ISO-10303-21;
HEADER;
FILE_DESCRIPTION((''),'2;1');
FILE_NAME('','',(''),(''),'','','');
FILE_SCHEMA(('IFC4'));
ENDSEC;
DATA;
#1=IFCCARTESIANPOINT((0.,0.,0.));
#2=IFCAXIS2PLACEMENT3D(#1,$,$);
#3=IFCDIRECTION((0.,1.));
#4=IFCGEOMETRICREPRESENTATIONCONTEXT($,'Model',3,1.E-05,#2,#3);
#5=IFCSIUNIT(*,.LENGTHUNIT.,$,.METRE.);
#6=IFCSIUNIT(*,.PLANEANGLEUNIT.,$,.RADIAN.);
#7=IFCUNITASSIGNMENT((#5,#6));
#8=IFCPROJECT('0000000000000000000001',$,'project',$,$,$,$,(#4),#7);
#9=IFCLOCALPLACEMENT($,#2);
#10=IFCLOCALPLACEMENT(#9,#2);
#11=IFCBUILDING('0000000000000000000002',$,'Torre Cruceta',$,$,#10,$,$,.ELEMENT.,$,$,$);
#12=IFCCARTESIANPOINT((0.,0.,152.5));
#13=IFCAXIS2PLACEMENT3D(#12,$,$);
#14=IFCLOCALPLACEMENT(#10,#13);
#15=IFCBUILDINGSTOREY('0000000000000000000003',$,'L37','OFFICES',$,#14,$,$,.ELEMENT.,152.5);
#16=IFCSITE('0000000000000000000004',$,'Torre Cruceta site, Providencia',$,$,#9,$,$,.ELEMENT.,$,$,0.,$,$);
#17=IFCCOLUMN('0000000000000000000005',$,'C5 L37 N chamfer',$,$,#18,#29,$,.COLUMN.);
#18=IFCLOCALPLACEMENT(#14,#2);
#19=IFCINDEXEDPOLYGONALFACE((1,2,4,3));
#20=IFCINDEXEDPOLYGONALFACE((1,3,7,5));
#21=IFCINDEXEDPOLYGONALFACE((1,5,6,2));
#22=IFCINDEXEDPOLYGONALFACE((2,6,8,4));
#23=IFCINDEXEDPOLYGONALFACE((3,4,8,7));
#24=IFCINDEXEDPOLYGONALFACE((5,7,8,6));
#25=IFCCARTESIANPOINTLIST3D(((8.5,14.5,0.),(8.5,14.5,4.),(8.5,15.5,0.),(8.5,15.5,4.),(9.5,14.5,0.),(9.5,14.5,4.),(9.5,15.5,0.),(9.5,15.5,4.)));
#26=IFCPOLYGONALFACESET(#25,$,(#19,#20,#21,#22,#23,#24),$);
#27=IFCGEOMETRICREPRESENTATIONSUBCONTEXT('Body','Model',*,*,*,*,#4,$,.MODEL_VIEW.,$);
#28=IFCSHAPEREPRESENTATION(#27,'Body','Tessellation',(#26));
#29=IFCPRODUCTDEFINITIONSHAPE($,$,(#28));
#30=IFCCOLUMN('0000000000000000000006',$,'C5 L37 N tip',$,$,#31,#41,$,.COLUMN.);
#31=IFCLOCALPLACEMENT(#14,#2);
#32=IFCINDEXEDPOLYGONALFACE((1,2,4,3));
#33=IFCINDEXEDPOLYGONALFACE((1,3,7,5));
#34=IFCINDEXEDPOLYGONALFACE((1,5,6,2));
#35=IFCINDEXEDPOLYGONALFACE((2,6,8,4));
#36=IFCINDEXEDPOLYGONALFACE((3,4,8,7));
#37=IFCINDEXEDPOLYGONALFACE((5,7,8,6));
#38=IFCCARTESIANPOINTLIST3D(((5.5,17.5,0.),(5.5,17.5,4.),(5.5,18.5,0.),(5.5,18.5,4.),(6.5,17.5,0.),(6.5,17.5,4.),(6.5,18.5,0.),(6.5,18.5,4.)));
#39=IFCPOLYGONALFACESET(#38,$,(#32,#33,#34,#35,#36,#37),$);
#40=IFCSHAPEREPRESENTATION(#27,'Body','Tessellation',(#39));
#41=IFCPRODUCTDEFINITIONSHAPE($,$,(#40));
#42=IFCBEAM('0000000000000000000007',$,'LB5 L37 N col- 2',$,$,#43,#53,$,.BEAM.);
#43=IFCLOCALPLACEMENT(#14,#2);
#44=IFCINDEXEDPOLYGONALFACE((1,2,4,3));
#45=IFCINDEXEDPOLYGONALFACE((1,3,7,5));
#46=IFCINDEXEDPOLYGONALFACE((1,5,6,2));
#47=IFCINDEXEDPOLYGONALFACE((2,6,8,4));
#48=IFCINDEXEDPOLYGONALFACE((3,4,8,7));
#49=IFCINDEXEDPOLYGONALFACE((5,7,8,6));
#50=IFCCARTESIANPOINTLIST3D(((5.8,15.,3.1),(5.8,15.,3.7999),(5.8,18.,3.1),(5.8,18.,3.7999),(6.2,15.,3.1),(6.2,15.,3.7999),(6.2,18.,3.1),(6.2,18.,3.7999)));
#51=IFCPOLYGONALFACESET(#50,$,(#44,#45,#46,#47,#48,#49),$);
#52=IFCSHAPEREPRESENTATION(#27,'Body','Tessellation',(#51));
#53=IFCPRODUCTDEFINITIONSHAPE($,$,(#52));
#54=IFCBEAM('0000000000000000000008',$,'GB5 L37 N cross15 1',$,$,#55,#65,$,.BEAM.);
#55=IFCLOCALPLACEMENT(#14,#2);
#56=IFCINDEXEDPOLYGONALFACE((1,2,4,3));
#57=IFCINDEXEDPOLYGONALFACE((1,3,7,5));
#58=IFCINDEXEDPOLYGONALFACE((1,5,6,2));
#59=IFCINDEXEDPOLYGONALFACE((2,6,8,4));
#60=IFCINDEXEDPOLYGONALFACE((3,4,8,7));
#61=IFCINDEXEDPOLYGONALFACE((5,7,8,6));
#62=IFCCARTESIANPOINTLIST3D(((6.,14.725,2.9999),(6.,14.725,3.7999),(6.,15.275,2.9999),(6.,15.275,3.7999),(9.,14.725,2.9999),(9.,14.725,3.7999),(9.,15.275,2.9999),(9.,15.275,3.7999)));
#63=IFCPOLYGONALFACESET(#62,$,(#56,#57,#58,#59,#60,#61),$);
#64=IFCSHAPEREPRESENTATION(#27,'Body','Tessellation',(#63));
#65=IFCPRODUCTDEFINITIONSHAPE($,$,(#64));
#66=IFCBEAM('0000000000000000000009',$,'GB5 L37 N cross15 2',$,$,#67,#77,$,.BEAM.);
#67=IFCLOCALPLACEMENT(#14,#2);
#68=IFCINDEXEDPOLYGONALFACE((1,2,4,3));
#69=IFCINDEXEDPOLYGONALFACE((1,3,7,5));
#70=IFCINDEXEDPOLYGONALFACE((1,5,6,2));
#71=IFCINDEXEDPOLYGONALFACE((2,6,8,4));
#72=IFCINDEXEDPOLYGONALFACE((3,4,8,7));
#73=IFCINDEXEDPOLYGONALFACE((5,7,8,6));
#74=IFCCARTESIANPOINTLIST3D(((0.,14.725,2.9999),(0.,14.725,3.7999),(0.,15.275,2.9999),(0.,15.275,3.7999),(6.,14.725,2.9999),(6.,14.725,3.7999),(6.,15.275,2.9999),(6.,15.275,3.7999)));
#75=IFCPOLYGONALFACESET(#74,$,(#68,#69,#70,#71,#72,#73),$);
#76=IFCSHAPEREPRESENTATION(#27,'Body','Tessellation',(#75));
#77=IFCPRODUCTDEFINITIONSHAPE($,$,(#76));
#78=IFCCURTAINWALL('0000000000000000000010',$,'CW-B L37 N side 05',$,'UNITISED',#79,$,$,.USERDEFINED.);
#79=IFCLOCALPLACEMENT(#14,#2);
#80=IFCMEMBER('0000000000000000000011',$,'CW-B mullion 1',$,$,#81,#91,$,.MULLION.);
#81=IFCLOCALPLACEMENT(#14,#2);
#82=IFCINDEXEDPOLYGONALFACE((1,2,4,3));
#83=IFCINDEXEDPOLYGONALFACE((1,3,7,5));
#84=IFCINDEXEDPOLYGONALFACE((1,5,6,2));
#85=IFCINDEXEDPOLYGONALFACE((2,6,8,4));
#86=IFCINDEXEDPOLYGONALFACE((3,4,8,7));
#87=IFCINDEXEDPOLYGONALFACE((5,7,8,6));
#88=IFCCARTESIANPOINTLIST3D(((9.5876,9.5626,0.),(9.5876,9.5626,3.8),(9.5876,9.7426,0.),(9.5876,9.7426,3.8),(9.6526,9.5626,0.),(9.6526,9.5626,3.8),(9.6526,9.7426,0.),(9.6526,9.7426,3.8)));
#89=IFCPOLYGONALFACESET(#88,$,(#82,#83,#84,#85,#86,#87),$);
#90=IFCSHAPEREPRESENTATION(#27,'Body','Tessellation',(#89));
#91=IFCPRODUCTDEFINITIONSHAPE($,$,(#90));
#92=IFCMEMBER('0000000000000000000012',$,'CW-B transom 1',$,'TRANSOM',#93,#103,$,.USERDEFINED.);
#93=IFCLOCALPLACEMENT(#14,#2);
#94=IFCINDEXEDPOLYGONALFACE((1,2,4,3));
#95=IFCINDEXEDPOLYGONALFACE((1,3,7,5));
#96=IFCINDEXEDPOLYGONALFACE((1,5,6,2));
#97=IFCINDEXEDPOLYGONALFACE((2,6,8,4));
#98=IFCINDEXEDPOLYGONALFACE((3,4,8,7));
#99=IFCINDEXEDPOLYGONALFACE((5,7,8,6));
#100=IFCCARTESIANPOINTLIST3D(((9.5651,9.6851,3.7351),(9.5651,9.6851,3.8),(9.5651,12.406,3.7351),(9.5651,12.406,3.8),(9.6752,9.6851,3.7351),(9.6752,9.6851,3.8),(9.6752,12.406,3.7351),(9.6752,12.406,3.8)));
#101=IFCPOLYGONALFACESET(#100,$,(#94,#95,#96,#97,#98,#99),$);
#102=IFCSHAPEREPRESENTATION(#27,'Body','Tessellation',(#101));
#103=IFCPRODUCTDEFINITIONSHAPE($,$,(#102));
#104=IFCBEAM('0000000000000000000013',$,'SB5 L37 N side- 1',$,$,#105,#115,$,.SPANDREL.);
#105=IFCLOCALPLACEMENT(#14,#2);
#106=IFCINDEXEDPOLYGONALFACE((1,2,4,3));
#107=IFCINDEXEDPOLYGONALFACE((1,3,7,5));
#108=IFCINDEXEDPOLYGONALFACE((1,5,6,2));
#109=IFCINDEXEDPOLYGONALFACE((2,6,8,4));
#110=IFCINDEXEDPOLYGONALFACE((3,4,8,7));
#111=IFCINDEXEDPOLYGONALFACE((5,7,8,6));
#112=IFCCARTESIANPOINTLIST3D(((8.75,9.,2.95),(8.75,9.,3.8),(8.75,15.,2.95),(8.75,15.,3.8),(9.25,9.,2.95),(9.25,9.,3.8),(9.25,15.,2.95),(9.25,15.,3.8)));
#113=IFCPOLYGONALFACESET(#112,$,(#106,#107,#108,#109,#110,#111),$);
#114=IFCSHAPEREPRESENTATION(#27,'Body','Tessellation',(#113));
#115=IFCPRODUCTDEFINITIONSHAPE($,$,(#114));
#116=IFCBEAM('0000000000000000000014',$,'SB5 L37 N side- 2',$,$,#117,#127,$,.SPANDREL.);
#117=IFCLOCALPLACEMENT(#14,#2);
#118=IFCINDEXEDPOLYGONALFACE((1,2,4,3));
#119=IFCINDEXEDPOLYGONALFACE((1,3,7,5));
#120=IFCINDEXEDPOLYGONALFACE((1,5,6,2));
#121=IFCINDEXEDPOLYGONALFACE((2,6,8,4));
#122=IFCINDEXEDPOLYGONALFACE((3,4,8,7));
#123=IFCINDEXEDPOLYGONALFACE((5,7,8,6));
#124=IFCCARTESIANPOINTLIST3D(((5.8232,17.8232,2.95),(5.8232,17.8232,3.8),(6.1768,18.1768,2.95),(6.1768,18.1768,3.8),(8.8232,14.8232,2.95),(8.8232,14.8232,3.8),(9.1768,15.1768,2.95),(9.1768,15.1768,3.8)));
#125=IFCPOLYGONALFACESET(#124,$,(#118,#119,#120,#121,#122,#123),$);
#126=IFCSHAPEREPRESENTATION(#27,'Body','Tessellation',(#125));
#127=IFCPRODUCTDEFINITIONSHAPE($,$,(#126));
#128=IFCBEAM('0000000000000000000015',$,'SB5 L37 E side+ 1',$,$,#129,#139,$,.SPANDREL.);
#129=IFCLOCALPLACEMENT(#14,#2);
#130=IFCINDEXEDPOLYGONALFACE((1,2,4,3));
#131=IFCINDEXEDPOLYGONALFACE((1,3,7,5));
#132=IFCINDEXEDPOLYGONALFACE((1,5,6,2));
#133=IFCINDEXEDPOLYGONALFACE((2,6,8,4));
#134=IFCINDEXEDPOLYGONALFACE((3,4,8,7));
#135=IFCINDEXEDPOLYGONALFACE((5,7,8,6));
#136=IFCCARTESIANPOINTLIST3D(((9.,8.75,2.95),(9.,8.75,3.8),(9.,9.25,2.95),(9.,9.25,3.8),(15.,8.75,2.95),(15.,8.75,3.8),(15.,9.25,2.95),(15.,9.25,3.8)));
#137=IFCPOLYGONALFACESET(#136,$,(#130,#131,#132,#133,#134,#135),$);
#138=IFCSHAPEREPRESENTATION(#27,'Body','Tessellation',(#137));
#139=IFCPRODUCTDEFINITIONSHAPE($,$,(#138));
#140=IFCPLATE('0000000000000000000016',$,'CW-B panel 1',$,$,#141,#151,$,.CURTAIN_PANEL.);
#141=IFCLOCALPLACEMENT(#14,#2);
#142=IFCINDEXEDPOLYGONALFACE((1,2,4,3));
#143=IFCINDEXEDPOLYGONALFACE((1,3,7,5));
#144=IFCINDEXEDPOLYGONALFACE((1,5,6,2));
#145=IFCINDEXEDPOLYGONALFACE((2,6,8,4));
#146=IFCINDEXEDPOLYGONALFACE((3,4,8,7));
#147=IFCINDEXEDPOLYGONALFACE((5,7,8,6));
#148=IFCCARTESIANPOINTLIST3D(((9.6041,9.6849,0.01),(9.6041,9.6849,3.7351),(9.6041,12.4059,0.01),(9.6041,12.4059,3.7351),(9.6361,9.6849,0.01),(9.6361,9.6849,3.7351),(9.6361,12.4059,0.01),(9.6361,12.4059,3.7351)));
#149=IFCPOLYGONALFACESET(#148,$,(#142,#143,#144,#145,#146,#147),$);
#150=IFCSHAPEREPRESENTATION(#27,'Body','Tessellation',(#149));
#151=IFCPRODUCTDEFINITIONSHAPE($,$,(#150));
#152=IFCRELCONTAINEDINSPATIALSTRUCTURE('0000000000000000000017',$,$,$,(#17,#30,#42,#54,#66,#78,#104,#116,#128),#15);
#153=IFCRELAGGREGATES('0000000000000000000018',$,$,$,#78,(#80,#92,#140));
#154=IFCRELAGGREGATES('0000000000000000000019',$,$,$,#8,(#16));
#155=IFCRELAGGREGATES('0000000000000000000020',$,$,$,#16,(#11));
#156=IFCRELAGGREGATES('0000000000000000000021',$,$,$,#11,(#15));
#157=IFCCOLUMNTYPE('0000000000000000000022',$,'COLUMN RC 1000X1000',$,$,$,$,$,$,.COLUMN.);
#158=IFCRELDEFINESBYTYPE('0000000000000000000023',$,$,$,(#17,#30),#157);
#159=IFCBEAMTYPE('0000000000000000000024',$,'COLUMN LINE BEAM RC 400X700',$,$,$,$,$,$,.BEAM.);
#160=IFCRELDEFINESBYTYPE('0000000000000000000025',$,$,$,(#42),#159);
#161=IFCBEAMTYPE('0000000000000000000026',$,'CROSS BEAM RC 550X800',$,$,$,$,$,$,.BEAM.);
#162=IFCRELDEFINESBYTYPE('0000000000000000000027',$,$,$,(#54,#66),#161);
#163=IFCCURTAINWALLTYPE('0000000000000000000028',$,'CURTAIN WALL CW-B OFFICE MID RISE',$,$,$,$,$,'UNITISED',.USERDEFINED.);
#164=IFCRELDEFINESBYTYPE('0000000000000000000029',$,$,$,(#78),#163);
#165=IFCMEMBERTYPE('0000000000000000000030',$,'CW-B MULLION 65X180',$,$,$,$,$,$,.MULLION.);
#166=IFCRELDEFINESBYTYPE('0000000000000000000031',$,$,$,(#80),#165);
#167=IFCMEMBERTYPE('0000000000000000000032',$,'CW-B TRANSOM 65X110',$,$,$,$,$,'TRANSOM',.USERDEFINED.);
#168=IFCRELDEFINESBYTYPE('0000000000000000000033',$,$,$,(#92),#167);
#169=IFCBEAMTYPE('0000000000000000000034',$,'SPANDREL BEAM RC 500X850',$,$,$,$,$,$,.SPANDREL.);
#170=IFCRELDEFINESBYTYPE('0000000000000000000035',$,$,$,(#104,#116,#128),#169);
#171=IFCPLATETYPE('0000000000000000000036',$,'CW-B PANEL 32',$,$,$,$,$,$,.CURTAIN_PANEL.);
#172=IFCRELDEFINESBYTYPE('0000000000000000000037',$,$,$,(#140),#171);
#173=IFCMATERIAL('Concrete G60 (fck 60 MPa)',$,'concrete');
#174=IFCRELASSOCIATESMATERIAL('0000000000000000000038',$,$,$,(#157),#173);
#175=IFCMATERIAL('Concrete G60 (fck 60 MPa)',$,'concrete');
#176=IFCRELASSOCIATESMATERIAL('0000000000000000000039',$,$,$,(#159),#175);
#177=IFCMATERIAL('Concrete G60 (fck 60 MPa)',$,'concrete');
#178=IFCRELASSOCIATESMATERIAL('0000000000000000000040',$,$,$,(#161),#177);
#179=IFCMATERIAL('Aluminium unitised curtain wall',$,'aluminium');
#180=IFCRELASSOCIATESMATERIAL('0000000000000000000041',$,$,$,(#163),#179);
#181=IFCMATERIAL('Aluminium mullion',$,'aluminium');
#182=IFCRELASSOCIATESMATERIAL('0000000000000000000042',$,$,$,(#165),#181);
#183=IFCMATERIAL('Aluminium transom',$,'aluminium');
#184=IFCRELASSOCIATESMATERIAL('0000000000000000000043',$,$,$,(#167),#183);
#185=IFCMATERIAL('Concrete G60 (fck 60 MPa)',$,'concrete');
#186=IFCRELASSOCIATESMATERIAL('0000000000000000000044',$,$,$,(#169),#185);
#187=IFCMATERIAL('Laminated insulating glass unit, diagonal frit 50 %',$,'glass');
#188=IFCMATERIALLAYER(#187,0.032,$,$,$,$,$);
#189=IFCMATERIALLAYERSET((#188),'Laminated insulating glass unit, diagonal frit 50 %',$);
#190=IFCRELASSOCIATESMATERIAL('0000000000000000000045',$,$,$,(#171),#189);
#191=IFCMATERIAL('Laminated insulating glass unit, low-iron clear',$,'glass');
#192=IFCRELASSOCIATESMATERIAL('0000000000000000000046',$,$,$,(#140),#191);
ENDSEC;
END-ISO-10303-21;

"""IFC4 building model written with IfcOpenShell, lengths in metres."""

from ifc_helpers import new_model, si_unit, direction, frame, origin, origin_2d, place, context, subcontext, project, spatial, rectangle, extrude, material, layer, layer_set, material_profile, profile_set, type_object, element, aggregate, save


model = new_model("IFC4")

# Units and contexts
model_context = context("Model", 3, precision=1e-05, world=origin(), true_north=direction((0.0, 1.0)))
body_context = subcontext(model_context, "Body", "Model", "MODEL_VIEW")
ifc_project = project(units=[si_unit("LENGTHUNIT", "METRE"), si_unit("PLANEANGLEUNIT", "RADIAN")], contexts=[model_context])

# Site, building, storey
site_placement = place(None, origin())
site = spatial("IfcSite", under=ifc_project, at=site_placement, Name="Torre Cruceta site, Providencia", CompositionType="ELEMENT", RefElevation=0.0)
building_placement = place(site_placement, origin())
building = spatial("IfcBuilding", under=site, at=building_placement, Name="Torre Cruceta", CompositionType="ELEMENT")
storey_placement = place(building_placement, frame((0.0, 0.0, 152.5)))
storey = spatial("IfcBuildingStorey", under=building, at=storey_placement, Name="L37", Description="OFFICES", CompositionType="ELEMENT", Elevation=152.5)

# Columns
ifc_material_1 = material(Name="Concrete G60 (fck 60 MPa)", Category="concrete")
ifc_material_profile_1 = material_profile(ifc_material_1, rectangle(XDim=1.0, YDim=1.0, at=origin_2d()), Name="RC 1000X1000")
ifc_profile_set_1 = profile_set([ifc_material_profile_1], Name="Concrete G60 (fck 60 MPa)")
column_type = type_object("IfcColumnType", Name="COLUMN RC 1000X1000", PredefinedType="COLUMN", material=ifc_profile_set_1)
for number, where, z_axis, x_axis, name in (
    (1, (9.0, 15.0, 0.0), (0.0, 0.0, 1.0), (1.0, 0.0, 0.0), "C5 L37 N chamfer"),
    (2, (6.0, 18.0, 0.0), (0.0, 0.0, 1.0), (1.0, 0.0, 0.0), "C5 L37 N tip"),
):
    element("IfcColumn", number, at=place(storey_placement, frame(where, z_axis=z_axis, x_axis=x_axis)), inside=storey, type_object=column_type, Name=name, PredefinedType="COLUMN", context=body_context, shape_type="SweptSolid", body=[
        extrude(rectangle(XDim=1.0, YDim=1.0, at=origin_2d()), origin(), (0.0, 0.0, 1.0), 4.0),
    ])

# Beams
ifc_material_2 = material(Name="Concrete G60 (fck 60 MPa)", Category="concrete")
ifc_material_profile_2 = material_profile(ifc_material_2, rectangle(XDim=0.3999, YDim=0.7, at=origin_2d()), Name="RC 400X700")
ifc_profile_set_2 = profile_set([ifc_material_profile_2], Name="Concrete G60 (fck 60 MPa)")
beam_type_1 = type_object("IfcBeamType", Name="COLUMN LINE BEAM RC 400X700", PredefinedType="BEAM", material=ifc_profile_set_2)
beam_1_placement = place(storey_placement, frame((6.0, 15.0, 3.45), z_axis=(0.0, 1.0, 0.0), x_axis=(-1.0, 0.0, 0.0)))
element("IfcBeam", 3, at=beam_1_placement, inside=storey, type_object=beam_type_1, Name="LB5 L37 N col- 2", PredefinedType="BEAM", context=body_context, shape_type="SweptSolid", body=[
    extrude(rectangle(XDim=0.3999, YDim=0.7, at=origin_2d()), origin(), (0.0, 0.0, 1.0), 3.0),
])
ifc_material_3 = material(Name="Concrete G60 (fck 60 MPa)", Category="concrete")
ifc_material_profile_3 = material_profile(ifc_material_3, rectangle(XDim=0.55, YDim=0.8, at=origin_2d()), Name="RC 550X800")
ifc_profile_set_3 = profile_set([ifc_material_profile_3], Name="Concrete G60 (fck 60 MPa)")
beam_type_2 = type_object("IfcBeamType", Name="CROSS BEAM RC 550X800", PredefinedType="BEAM", material=ifc_profile_set_3)
beam_2_placement = place(storey_placement, frame((9.0, 15.0, 3.3999), z_axis=(-1.0, 0.0, 0.0), x_axis=(0.0, -1.0, 0.0)))
element("IfcBeam", 4, at=beam_2_placement, inside=storey, type_object=beam_type_2, Name="GB5 L37 N cross15 1", PredefinedType="BEAM", context=body_context, shape_type="SweptSolid", body=[
    extrude(rectangle(XDim=0.55, YDim=0.8, at=origin_2d()), origin(), (0.0, 0.0, 1.0), 3.0),
])
beam_3_placement = place(storey_placement, frame((6.0, 15.0, 3.3999), z_axis=(-1.0, 0.0, 0.0), x_axis=(0.0, -1.0, 0.0)))
element("IfcBeam", 5, at=beam_3_placement, inside=storey, type_object=beam_type_2, Name="GB5 L37 N cross15 2", PredefinedType="BEAM", context=body_context, shape_type="SweptSolid", body=[
    extrude(rectangle(XDim=0.55, YDim=0.8, at=origin_2d()), origin(), (0.0, 0.0, 1.0), 6.0),
])

# Curtain wall, members
ifc_material_4 = material(Name="Aluminium unitised curtain wall", Category="aluminium")
curtain_wall_type = type_object("IfcCurtainWallType", Name="CURTAIN WALL CW-B OFFICE MID RISE", ElementType="UNITISED", PredefinedType="USERDEFINED", material=ifc_material_4)
curtain_wall_placement = place(storey_placement, origin())
curtain_wall = element("IfcCurtainWall", 6, at=curtain_wall_placement, inside=storey, type_object=curtain_wall_type, Name="CW-B L37 N side 05", ObjectType="UNITISED", PredefinedType="USERDEFINED")
ifc_material_5 = material(Name="Aluminium mullion", Category="aluminium")
ifc_material_profile_4 = material_profile(ifc_material_5, rectangle(XDim=0.0649, YDim=0.1799, at=origin_2d()), Name="AL 65X180")
ifc_profile_set_4 = profile_set([ifc_material_profile_4], Name="Aluminium mullion")
member_type_1 = type_object("IfcMemberType", Name="CW-B MULLION 65X180", PredefinedType="MULLION", material=ifc_profile_set_4)
member_1_placement = place(storey_placement, frame((9.6201, 9.6526, 0.0), z_axis=(0.0, 0.0, 1.0), x_axis=(-1.0, 0.0, 0.0)))
member_1 = element("IfcMember", 7, at=member_1_placement, type_object=member_type_1, Name="CW-B mullion 1", PredefinedType="MULLION", context=body_context, shape_type="SweptSolid", body=[
    extrude(rectangle(XDim=0.0649, YDim=0.1799, at=origin_2d()), origin(), (0.0, 0.0, 1.0), 3.8),
])
ifc_material_6 = material(Name="Aluminium transom", Category="aluminium")
ifc_material_profile_5 = material_profile(ifc_material_6, rectangle(XDim=0.1101, YDim=0.0649, at=origin_2d()), Name="AL 110X65")
ifc_profile_set_5 = profile_set([ifc_material_profile_5], Name="Aluminium transom")
member_type_2 = type_object("IfcMemberType", Name="CW-B TRANSOM 65X110", ElementType="TRANSOM", PredefinedType="USERDEFINED", material=ifc_profile_set_5)
member_2_placement = place(storey_placement, frame((9.6201, 9.6851, 3.7676), z_axis=(0.0, 1.0, 0.0), x_axis=(-1.0, 0.0, 0.0)))
member_2 = element("IfcMember", 8, at=member_2_placement, type_object=member_type_2, Name="CW-B transom 1", ObjectType="TRANSOM", PredefinedType="USERDEFINED", context=body_context, shape_type="SweptSolid", body=[
    extrude(rectangle(XDim=0.1101, YDim=0.0649, at=origin_2d()), origin(), (0.0, 0.0, 1.0), 2.7209),
])

# Beams
ifc_material_7 = material(Name="Concrete G60 (fck 60 MPa)", Category="concrete")
ifc_material_profile_6 = material_profile(ifc_material_7, rectangle(XDim=0.5, YDim=0.8501, at=origin_2d()), Name="RC 500X850")
ifc_profile_set_6 = profile_set([ifc_material_profile_6], Name="Concrete G60 (fck 60 MPa)")
beam_type_3 = type_object("IfcBeamType", Name="SPANDREL BEAM RC 500X850", PredefinedType="SPANDREL", material=ifc_profile_set_6)
beam_4_placement = place(storey_placement, frame((9.0, 9.0, 3.375), z_axis=(0.0, 1.0, 0.0), x_axis=(-1.0, 0.0, 0.0)))
element("IfcBeam", 9, at=beam_4_placement, inside=storey, type_object=beam_type_3, Name="SB5 L37 N side- 1", PredefinedType="SPANDREL", context=body_context, shape_type="SweptSolid", body=[
    extrude(rectangle(XDim=0.5, YDim=0.8501, at=origin_2d()), origin(), (0.0, 0.0, 1.0), 6.0),
])
beam_5_placement = place(storey_placement, frame((9.0, 15.0, 3.375), z_axis=(-0.707107, 0.707107, 0.0), x_axis=(-0.707107, -0.707107, 0.0)))
element("IfcBeam", 10, at=beam_5_placement, inside=storey, type_object=beam_type_3, Name="SB5 L37 N side- 2", PredefinedType="SPANDREL", context=body_context, shape_type="SweptSolid", body=[
    extrude(rectangle(XDim=0.5, YDim=0.8501, at=origin_2d()), origin(), (0.0, 0.0, 1.0), 4.2427),
])
beam_6_placement = place(storey_placement, frame((9.0, 9.0, 3.375), z_axis=(1.0, 0.0, 0.0), x_axis=(0.0, 1.0, 0.0)))
element("IfcBeam", 11, at=beam_6_placement, inside=storey, type_object=beam_type_3, Name="SB5 L37 E side+ 1", PredefinedType="SPANDREL", context=body_context, shape_type="SweptSolid", body=[
    extrude(rectangle(XDim=0.5, YDim=0.8501, at=origin_2d()), origin(), (0.0, 0.0, 1.0), 6.0),
])

# Plate
ifc_material_8 = material(Name="Laminated insulating glass unit, low-iron clear", Category="glass")
ifc_material_9 = material(Name="Laminated insulating glass unit, diagonal frit 50 %", Category="glass")
ifc_layer_1 = layer(ifc_material_9, 0.032)
ifc_layer_set_1 = layer_set([ifc_layer_1], Name="Laminated insulating glass unit, diagonal frit 50 %")
plate_type = type_object("IfcPlateType", Name="CW-B PANEL 32", PredefinedType="CURTAIN_PANEL", material=ifc_layer_set_1)
plate_placement = place(storey_placement, frame((9.6201, 11.0454, 0.01), z_axis=(0.0, 0.0, 1.0), x_axis=(0.0, 1.0, 0.0)))
plate = element("IfcPlate", 12, at=plate_placement, type_object=plate_type, material=ifc_material_8, Name="CW-B panel 1", PredefinedType="CURTAIN_PANEL", context=body_context, shape_type="SweptSolid", body=[
    extrude(rectangle(XDim=2.7209, YDim=0.032, at=origin_2d()), origin(), (0.0, 0.0, 1.0), 3.7251),
])
aggregate(curtain_wall, [member_1, member_2, plate])

save(model, "model.ifc")
